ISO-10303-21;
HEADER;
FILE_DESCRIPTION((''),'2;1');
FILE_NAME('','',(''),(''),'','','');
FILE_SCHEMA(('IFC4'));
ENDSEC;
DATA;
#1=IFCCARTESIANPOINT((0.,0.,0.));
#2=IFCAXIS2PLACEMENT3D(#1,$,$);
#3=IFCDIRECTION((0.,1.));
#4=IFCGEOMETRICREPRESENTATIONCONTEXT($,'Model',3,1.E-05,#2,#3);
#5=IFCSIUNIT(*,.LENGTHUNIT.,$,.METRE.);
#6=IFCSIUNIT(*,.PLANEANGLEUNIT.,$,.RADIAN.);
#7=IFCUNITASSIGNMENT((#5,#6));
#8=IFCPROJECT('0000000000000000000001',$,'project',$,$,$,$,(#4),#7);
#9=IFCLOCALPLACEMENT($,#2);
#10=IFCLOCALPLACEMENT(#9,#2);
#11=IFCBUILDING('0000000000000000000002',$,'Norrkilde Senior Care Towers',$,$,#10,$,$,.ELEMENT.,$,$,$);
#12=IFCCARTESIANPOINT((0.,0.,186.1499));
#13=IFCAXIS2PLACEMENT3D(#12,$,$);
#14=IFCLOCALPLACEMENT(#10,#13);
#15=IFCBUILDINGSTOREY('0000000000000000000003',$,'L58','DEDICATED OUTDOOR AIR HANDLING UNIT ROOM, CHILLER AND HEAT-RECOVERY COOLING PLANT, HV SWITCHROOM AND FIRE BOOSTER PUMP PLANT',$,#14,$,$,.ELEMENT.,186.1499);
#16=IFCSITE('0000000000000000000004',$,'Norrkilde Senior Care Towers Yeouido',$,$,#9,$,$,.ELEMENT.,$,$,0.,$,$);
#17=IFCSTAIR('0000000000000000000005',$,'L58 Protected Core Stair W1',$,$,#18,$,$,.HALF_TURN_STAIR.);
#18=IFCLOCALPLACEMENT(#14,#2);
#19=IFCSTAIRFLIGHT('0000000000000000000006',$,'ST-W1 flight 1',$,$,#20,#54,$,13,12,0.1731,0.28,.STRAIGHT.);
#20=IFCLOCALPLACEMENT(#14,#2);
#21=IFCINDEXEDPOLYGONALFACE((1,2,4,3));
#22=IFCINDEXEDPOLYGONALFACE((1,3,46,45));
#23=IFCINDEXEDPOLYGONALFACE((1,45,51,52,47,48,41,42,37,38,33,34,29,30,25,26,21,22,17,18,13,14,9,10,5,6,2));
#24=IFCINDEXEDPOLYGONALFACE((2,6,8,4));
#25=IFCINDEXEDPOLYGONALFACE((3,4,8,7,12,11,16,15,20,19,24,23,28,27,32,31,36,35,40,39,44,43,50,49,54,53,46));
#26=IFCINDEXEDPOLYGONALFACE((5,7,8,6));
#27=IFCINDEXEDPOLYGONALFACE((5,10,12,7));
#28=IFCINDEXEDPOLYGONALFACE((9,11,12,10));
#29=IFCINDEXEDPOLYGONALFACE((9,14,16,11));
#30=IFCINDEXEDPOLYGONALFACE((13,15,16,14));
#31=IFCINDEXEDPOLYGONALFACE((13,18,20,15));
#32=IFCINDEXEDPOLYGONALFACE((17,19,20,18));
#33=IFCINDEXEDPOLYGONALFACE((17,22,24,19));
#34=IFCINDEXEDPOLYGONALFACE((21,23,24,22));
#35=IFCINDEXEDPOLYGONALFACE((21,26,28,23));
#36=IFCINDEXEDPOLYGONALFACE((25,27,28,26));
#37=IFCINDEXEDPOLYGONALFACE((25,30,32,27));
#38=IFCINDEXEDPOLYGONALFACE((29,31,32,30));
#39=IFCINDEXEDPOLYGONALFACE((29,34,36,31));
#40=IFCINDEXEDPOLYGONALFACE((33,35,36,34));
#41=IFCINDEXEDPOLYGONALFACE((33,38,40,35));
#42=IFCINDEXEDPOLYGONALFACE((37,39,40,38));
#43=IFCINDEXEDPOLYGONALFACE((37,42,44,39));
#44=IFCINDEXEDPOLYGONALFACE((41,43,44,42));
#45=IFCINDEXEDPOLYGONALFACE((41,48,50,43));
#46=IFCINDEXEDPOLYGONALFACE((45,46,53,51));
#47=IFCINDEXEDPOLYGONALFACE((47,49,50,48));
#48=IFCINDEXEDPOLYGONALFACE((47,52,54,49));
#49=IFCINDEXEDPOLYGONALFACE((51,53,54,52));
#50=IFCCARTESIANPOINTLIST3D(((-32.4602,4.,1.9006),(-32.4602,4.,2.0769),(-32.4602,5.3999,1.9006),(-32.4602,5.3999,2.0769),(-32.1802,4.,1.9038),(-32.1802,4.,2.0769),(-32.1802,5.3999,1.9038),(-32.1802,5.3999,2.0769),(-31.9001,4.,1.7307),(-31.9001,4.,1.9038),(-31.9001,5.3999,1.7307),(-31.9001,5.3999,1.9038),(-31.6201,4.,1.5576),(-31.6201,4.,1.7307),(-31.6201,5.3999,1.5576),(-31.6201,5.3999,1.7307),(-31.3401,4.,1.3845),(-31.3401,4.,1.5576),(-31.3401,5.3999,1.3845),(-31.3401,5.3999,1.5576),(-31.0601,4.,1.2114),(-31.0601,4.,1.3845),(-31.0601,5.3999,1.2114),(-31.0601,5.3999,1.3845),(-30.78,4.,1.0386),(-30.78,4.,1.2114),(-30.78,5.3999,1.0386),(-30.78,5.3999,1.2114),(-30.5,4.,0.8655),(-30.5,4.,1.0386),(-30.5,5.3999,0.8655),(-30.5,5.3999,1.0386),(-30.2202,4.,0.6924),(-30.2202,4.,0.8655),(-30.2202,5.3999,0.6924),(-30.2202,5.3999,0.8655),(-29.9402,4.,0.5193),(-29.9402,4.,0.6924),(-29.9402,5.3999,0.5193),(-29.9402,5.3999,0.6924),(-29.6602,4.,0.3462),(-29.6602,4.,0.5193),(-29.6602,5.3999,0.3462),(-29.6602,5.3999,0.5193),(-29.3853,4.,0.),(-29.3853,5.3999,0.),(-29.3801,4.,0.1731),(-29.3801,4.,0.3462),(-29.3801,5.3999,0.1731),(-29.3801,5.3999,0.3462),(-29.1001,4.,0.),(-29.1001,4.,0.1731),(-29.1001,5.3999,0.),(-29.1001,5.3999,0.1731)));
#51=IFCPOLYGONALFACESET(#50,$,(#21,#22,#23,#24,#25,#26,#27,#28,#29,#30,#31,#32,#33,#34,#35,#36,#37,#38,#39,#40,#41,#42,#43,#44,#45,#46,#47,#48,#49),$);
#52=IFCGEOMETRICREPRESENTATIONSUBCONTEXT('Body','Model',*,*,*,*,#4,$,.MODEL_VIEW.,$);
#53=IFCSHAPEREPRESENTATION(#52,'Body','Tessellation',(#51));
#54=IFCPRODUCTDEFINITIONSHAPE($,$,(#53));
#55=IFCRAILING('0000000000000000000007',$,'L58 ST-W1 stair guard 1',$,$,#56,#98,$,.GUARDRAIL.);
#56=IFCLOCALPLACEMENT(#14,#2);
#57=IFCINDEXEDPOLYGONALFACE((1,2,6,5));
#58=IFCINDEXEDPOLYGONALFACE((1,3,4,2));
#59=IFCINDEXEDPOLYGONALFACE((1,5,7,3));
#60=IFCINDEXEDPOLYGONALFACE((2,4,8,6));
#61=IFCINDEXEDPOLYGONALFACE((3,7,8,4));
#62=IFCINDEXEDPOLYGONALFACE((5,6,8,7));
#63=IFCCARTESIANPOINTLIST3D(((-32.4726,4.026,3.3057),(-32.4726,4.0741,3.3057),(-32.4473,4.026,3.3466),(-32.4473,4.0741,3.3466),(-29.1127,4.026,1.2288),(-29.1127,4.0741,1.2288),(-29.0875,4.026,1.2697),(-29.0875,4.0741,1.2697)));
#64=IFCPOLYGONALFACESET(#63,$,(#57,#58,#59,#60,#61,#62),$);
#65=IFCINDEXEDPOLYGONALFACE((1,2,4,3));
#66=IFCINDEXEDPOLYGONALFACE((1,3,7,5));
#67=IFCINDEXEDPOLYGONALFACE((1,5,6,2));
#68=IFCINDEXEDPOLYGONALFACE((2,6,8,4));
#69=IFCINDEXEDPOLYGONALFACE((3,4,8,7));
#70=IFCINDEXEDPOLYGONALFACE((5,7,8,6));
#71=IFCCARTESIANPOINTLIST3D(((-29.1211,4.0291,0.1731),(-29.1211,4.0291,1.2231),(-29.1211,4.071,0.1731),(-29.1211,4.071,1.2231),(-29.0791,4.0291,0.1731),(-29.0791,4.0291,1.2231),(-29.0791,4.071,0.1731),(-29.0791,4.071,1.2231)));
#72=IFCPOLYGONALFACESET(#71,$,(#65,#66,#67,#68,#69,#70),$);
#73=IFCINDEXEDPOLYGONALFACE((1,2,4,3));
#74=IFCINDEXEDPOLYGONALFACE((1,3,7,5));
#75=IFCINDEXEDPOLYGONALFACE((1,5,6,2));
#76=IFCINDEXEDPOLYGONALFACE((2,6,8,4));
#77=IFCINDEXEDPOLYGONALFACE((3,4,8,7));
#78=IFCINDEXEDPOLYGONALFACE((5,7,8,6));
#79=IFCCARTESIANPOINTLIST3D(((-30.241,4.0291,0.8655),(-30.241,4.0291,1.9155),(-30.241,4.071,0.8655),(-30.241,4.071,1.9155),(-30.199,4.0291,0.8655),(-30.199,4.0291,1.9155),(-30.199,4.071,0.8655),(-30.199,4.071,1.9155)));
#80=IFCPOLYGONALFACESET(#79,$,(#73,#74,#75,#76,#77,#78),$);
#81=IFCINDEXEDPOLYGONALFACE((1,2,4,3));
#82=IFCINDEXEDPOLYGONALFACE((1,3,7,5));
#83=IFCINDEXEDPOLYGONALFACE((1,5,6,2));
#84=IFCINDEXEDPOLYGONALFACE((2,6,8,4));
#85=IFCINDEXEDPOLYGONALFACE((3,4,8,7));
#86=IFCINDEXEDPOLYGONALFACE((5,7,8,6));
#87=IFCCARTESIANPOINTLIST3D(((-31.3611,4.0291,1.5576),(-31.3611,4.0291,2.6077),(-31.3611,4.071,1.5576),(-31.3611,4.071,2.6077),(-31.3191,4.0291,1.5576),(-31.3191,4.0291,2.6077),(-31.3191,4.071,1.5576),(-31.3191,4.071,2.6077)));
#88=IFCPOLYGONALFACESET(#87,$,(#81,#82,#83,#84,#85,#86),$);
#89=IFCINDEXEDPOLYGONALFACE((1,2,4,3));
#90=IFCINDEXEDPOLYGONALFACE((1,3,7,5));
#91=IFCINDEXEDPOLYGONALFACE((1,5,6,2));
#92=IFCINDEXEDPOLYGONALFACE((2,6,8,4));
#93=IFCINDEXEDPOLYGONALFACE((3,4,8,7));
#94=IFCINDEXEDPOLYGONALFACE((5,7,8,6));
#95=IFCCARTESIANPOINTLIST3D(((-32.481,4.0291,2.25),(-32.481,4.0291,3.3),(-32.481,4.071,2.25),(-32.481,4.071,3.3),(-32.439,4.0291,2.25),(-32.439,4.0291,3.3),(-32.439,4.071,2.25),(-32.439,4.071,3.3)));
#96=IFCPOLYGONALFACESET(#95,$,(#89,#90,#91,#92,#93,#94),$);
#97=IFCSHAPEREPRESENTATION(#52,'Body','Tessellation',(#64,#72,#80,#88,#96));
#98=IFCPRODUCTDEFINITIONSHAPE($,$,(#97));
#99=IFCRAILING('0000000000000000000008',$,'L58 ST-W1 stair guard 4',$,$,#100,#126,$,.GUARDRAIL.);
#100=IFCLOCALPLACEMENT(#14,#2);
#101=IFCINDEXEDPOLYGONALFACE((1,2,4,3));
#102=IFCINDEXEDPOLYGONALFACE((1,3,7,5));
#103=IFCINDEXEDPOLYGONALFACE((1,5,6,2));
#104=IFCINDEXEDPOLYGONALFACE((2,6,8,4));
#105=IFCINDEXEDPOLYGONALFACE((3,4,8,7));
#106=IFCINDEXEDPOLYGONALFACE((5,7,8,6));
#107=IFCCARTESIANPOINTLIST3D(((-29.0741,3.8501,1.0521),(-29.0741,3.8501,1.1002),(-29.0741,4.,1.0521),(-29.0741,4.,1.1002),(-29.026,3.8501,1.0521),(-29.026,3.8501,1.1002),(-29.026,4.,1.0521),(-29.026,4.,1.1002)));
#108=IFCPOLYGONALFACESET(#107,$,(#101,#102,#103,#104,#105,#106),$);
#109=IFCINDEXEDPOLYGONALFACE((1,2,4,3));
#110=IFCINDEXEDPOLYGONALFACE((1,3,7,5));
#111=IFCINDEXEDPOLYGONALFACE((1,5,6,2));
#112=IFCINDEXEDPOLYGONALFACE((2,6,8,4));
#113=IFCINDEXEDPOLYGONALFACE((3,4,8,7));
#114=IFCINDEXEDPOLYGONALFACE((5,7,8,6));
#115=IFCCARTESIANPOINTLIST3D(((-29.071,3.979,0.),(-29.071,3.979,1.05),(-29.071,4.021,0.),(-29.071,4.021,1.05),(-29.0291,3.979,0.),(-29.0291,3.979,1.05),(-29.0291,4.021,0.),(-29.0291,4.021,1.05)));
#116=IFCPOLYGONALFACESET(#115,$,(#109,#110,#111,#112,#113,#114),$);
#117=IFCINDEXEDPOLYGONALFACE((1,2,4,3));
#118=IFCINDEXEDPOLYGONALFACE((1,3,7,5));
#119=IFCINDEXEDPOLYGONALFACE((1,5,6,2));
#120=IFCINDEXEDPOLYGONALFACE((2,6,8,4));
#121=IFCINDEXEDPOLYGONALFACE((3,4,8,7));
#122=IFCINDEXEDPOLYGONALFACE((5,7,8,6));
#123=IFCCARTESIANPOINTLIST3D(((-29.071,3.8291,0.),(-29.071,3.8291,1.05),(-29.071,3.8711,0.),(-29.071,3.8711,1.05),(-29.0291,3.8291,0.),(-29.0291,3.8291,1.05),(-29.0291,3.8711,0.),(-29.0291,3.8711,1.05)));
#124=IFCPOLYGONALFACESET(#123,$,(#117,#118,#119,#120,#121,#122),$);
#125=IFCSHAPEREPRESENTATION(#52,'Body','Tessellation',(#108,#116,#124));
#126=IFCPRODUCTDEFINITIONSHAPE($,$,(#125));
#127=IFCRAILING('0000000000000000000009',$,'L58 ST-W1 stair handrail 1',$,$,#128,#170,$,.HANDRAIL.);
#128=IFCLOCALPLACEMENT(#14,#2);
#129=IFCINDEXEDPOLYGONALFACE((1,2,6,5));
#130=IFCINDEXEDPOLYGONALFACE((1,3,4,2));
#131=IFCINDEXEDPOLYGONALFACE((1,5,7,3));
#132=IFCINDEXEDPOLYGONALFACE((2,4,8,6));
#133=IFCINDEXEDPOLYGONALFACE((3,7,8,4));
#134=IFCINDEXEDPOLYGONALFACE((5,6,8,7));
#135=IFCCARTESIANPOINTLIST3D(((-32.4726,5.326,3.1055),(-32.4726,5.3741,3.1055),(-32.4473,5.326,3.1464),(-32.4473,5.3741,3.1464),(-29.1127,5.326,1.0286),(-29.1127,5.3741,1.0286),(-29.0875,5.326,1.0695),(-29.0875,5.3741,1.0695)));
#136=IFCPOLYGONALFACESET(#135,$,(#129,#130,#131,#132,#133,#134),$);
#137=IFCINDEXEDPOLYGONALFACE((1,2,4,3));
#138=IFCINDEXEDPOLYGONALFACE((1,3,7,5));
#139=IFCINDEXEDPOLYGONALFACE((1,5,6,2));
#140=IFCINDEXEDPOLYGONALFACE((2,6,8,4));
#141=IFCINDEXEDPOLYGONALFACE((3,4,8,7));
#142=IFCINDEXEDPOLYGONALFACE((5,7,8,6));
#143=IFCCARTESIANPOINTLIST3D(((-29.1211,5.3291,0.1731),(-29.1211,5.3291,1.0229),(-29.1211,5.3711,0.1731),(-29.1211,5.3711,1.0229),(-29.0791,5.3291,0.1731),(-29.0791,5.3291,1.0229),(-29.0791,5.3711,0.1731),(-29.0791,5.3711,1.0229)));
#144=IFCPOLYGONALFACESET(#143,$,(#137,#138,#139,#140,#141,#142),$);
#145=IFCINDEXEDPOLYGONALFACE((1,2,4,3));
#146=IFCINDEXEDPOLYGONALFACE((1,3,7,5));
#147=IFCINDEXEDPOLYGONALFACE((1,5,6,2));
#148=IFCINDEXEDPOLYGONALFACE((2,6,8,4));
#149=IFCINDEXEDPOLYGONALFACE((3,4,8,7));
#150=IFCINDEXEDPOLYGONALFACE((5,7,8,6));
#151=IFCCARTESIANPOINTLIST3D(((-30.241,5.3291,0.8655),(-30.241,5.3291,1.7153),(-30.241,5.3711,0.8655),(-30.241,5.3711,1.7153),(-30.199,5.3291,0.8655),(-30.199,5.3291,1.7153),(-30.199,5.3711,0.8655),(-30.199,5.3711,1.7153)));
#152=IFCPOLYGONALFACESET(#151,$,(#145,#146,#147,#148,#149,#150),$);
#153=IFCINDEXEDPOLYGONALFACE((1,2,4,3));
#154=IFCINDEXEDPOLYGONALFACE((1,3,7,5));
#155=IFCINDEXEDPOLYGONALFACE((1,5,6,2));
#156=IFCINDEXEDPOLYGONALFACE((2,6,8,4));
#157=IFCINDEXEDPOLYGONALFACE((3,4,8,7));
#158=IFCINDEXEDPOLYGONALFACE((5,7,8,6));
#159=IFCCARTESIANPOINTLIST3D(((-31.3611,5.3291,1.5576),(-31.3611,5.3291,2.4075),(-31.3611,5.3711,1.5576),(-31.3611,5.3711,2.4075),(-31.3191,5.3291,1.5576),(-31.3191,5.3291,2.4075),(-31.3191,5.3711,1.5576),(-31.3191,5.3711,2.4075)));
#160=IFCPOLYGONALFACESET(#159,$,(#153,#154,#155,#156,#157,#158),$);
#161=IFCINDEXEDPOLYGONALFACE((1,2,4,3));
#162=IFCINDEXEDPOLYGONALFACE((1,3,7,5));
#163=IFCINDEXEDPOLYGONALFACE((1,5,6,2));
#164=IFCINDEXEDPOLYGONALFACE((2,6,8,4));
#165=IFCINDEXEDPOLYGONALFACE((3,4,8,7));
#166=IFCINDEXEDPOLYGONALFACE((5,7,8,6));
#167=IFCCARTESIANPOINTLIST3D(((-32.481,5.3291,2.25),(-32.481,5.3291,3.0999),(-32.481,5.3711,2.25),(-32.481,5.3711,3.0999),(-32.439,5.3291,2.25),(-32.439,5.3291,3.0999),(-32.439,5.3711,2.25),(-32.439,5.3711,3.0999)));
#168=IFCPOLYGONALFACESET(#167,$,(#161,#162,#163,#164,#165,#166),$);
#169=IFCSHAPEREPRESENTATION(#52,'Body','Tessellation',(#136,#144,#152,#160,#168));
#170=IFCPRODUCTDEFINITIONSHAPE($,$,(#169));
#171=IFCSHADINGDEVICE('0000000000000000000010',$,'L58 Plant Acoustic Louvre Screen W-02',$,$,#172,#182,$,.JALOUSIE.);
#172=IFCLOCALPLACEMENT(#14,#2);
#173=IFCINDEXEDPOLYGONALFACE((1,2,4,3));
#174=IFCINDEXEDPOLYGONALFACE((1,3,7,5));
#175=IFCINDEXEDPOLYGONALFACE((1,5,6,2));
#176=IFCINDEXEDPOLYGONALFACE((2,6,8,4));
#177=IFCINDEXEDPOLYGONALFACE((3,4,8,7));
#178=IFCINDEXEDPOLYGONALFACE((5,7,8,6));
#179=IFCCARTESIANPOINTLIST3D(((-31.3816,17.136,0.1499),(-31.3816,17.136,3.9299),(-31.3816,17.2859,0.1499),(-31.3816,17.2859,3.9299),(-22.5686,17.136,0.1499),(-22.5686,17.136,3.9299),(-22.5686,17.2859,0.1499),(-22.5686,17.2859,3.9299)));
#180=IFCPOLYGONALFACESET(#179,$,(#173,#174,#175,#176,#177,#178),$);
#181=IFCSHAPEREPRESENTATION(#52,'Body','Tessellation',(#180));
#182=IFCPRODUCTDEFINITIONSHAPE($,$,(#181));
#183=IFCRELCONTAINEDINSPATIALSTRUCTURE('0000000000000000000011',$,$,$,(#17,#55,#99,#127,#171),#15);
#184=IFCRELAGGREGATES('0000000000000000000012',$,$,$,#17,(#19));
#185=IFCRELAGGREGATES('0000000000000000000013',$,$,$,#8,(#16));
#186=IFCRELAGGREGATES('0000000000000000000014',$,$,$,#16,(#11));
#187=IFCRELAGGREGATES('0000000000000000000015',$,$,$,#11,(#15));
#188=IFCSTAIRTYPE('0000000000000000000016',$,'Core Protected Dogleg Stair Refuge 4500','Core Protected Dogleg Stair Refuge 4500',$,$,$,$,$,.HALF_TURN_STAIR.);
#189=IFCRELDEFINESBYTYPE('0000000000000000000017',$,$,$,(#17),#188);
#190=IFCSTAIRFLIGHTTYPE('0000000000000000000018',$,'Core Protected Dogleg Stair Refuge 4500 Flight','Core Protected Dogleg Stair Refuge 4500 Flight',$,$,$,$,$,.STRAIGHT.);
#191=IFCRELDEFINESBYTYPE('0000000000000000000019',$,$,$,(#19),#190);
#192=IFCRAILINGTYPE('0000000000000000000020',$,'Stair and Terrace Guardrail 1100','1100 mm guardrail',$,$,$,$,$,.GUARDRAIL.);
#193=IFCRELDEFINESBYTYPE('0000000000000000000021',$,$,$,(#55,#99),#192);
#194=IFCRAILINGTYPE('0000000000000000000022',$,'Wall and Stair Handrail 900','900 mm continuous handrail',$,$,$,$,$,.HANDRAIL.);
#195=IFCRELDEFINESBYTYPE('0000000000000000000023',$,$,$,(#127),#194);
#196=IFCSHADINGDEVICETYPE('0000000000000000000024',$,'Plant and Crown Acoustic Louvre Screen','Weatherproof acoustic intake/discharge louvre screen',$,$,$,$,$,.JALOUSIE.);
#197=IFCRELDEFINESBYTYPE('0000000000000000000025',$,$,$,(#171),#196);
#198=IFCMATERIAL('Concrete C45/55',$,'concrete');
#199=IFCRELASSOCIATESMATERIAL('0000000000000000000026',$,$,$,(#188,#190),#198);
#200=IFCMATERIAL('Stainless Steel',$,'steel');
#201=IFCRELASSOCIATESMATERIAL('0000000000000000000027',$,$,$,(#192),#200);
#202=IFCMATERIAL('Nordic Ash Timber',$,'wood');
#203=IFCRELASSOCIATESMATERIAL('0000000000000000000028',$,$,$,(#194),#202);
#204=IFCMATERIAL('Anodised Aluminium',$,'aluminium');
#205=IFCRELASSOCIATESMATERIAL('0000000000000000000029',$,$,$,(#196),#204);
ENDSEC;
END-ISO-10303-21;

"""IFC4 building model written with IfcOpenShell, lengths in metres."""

from ifc_helpers import new_model, si_unit, direction, frame, origin, origin_2d, place, context, subcontext, project, spatial, polyline, rectangle, outline, extrude, source, transform, mapped, material, type_object, type_shapes, element, aggregate, save


model = new_model("IFC4")

# Units and contexts
model_context = context("Model", 3, precision=1e-05, world=origin(), true_north=direction((0.0, 1.0)))
body_context = subcontext(model_context, "Body", "Model", "MODEL_VIEW")
ifc_project = project(units=[si_unit("LENGTHUNIT", "METRE"), si_unit("PLANEANGLEUNIT", "RADIAN")], contexts=[model_context])

# Site, building, storey
site_placement = place(None, origin())
site = spatial("IfcSite", under=ifc_project, at=site_placement, Name="Norrkilde Senior Care Towers Yeouido", CompositionType="ELEMENT", RefElevation=0.0)
building_placement = place(site_placement, origin())
building = spatial("IfcBuilding", under=site, at=building_placement, Name="Norrkilde Senior Care Towers", CompositionType="ELEMENT")
storey_placement = place(building_placement, frame((0.0, 0.0, 186.1499)))
storey = spatial("IfcBuildingStorey", under=building, at=storey_placement, Name="L58", Description="DEDICATED OUTDOOR AIR HANDLING UNIT ROOM, CHILLER AND HEAT-RECOVERY COOLING PLANT, HV SWITCHROOM AND FIRE BOOSTER PUMP PLANT", CompositionType="ELEMENT", Elevation=186.1499)

# Shared definitions
ifc_material_1 = material(Name="Anodised Aluminium", Category="aluminium")

# Shared definitions
ifc_material_2 = material(Name="Concrete C45/55", Category="concrete")

# Shared definitions
ifc_material_3 = material(Name="Stainless Steel", Category="steel")

# Stair, stair flight
stair_type = type_object("IfcStairType", Name="Core Protected Dogleg Stair Refuge 4500", Description="Core Protected Dogleg Stair Refuge 4500", PredefinedType="HALF_TURN_STAIR", material=ifc_material_2)
stair_placement = place(storey_placement, origin())
stair = element("IfcStair", 1, at=stair_placement, inside=storey, type_object=stair_type, Name="L58 Protected Core Stair W1", PredefinedType="HALF_TURN_STAIR")
stair_flight_type = type_object("IfcStairFlightType", Name="Core Protected Dogleg Stair Refuge 4500 Flight", Description="Core Protected Dogleg Stair Refuge 4500 Flight", PredefinedType="STRAIGHT", material=ifc_material_2)
stair_flight_placement = place(storey_placement, frame((-29.1001, 4.7, 0.0), z_axis=(0.0, 0.0, 1.0), x_axis=(-1.0, 0.0, 0.0)))
stair_flight = element("IfcStairFlight", 2, at=stair_flight_placement, type_object=stair_flight_type, Name="ST-W1 flight 1", NumberOfRisers=13, NumberOfTreads=12, PredefinedType="STRAIGHT", RiserHeight=0.1731, TreadLength=0.28, context=body_context, shape_type="SweptSolid", body=[
    extrude(outline(polyline([(0.0, 0.0), (0.0, 0.1731), (0.28, 0.1731), (0.28, 0.3462), (0.5601, 0.3462), (0.5601, 0.5193), (0.8401, 0.5193), (0.8401, 0.6924), (1.1201, 0.6924), (1.1201, 0.8655), (1.3999, 0.8655), (1.3999, 1.0386), (1.6799, 1.0386), (1.6799, 1.2114), (1.96, 1.2114), (1.96, 1.3845), (2.24, 1.3845), (2.24, 1.5576), (2.52, 1.5576), (2.52, 1.7307), (2.8, 1.7307), (2.8, 1.9038), (3.0801, 1.9038), (3.0801, 2.0769), (3.3601, 2.0769), (3.3601, 2.25), (3.3601, 1.9006), (0.2852, 0.0), (0.0, 0.0)])), frame((0.0, 0.7, 0.0), z_axis=(0.0, -1.0, 0.0), x_axis=(1.0, 0.0, 0.0)), (0.0, 0.0, 1.0), 1.3999),
])
aggregate(stair, [stair_flight])

# Railings
railing_type_1 = type_object("IfcRailingType", Name="Stair and Terrace Guardrail 1100", Description="1100 mm guardrail", PredefinedType="GUARDRAIL", material=ifc_material_3)
railing_1_placement = place(storey_placement, frame((-29.1001, 4.05, 0.1731)))
element("IfcRailing", 3, at=railing_1_placement, inside=storey, type_object=railing_type_1, Name="L58 ST-W1 stair guard 1", PredefinedType="GUARDRAIL", context=body_context, shape_type="SweptSolid", body=[
    extrude(rectangle(XDim=0.0481, YDim=0.0481, at=origin_2d()), frame((0.0, 0.0, 1.0762), z_axis=(-0.850606, 0.0, 0.525803), x_axis=(0.0, -1.0, 0.0)), (0.0, 0.0, 1.0), 3.95),
    extrude(rectangle(XDim=0.042, YDim=0.042, at=origin_2d()), origin(), (0.0, 0.0, 1.0), 1.05),
    extrude(rectangle(XDim=0.042, YDim=0.042, at=origin_2d()), frame((-1.1199, 0.0, 0.6924)), (0.0, 0.0, 1.0), 1.05),
    extrude(rectangle(XDim=0.042, YDim=0.042, at=origin_2d()), frame((-2.24, 0.0, 1.3845)), (0.0, 0.0, 1.0), 1.05),
    extrude(rectangle(XDim=0.042, YDim=0.042, at=origin_2d()), frame((-3.3599, 0.0, 2.0769)), (0.0, 0.0, 1.0), 1.05),
])
railing_2_placement = place(storey_placement, frame((-29.05, 4.0, 0.0)))
element("IfcRailing", 4, at=railing_2_placement, inside=storey, type_object=railing_type_1, Name="L58 ST-W1 stair guard 4", PredefinedType="GUARDRAIL", context=body_context, shape_type="SweptSolid", body=[
    extrude(rectangle(XDim=0.0481, YDim=0.0481, at=origin_2d()), frame((0.0, 0.0, 1.0762), z_axis=(0.0, -1.0, 0.0), x_axis=(1.0, 0.0, 0.0)), (0.0, 0.0, 1.0), 0.1499),
    extrude(rectangle(XDim=0.042, YDim=0.042, at=origin_2d()), origin(), (0.0, 0.0, 1.0), 1.05),
    extrude(rectangle(XDim=0.042, YDim=0.042, at=origin_2d()), frame((0.0, -0.1499, 0.0)), (0.0, 0.0, 1.0), 1.05),
])
ifc_material_4 = material(Name="Nordic Ash Timber", Category="wood")
railing_type_2 = type_object("IfcRailingType", Name="Wall and Stair Handrail 900", Description="900 mm continuous handrail", PredefinedType="HANDRAIL", material=ifc_material_4)
railing_3_placement = place(storey_placement, frame((-29.1001, 5.3501, 0.1731)))
element("IfcRailing", 5, at=railing_3_placement, inside=storey, type_object=railing_type_2, Name="L58 ST-W1 stair handrail 1", PredefinedType="HANDRAIL", context=body_context, shape_type="SweptSolid", body=[
    extrude(rectangle(XDim=0.0481, YDim=0.0481, at=origin_2d()), frame((0.0, 0.0, 0.876), z_axis=(-0.850606, 0.0, 0.525803), x_axis=(0.0, -1.0, 0.0)), (0.0, 0.0, 1.0), 3.95),
    extrude(rectangle(XDim=0.042, YDim=0.042, at=origin_2d()), origin(), (0.0, 0.0, 1.0), 0.8499),
    extrude(rectangle(XDim=0.042, YDim=0.042, at=origin_2d()), frame((-1.1199, 0.0, 0.6924)), (0.0, 0.0, 1.0), 0.8499),
    extrude(rectangle(XDim=0.042, YDim=0.042, at=origin_2d()), frame((-2.24, 0.0, 1.3845)), (0.0, 0.0, 1.0), 0.8499),
    extrude(rectangle(XDim=0.042, YDim=0.042, at=origin_2d()), frame((-3.3599, 0.0, 2.0769)), (0.0, 0.0, 1.0), 0.8499),
])

# Shading device
shading_device_type = type_object("IfcShadingDeviceType", Name="Plant and Crown Acoustic Louvre Screen", Description="Weatherproof acoustic intake/discharge louvre screen", PredefinedType="JALOUSIE", material=ifc_material_1)
shared_shape_1 = source(origin(), body_context, "Body", "SweptSolid", [
    extrude(rectangle(XDim=8.813, YDim=0.1499, at=origin_2d()), origin(), (0.0, 0.0, 1.0), 3.78),
])
type_shapes(shading_device_type, [shared_shape_1])
shading_device_placement = place(storey_placement, frame((-26.9751, 17.2109, 0.1499), z_axis=(0.0, 0.0, 1.0), x_axis=(1.0, 0.0, 0.0)))
element("IfcShadingDevice", 6, at=shading_device_placement, inside=storey, type_object=shading_device_type, Name="L58 Plant Acoustic Louvre Screen W-02", PredefinedType="JALOUSIE", context=body_context, shape_type="MappedRepresentation", body=[
    mapped(shared_shape_1, transform((0.0, 0.0, 0.0), x_axis=(1.0, 0.0, 0.0), y_axis=(0.0, 1.0, 0.0), z_axis=(0.0, 0.0, 1.0), scale=1.0)),
])

save(model, "model.ifc")
